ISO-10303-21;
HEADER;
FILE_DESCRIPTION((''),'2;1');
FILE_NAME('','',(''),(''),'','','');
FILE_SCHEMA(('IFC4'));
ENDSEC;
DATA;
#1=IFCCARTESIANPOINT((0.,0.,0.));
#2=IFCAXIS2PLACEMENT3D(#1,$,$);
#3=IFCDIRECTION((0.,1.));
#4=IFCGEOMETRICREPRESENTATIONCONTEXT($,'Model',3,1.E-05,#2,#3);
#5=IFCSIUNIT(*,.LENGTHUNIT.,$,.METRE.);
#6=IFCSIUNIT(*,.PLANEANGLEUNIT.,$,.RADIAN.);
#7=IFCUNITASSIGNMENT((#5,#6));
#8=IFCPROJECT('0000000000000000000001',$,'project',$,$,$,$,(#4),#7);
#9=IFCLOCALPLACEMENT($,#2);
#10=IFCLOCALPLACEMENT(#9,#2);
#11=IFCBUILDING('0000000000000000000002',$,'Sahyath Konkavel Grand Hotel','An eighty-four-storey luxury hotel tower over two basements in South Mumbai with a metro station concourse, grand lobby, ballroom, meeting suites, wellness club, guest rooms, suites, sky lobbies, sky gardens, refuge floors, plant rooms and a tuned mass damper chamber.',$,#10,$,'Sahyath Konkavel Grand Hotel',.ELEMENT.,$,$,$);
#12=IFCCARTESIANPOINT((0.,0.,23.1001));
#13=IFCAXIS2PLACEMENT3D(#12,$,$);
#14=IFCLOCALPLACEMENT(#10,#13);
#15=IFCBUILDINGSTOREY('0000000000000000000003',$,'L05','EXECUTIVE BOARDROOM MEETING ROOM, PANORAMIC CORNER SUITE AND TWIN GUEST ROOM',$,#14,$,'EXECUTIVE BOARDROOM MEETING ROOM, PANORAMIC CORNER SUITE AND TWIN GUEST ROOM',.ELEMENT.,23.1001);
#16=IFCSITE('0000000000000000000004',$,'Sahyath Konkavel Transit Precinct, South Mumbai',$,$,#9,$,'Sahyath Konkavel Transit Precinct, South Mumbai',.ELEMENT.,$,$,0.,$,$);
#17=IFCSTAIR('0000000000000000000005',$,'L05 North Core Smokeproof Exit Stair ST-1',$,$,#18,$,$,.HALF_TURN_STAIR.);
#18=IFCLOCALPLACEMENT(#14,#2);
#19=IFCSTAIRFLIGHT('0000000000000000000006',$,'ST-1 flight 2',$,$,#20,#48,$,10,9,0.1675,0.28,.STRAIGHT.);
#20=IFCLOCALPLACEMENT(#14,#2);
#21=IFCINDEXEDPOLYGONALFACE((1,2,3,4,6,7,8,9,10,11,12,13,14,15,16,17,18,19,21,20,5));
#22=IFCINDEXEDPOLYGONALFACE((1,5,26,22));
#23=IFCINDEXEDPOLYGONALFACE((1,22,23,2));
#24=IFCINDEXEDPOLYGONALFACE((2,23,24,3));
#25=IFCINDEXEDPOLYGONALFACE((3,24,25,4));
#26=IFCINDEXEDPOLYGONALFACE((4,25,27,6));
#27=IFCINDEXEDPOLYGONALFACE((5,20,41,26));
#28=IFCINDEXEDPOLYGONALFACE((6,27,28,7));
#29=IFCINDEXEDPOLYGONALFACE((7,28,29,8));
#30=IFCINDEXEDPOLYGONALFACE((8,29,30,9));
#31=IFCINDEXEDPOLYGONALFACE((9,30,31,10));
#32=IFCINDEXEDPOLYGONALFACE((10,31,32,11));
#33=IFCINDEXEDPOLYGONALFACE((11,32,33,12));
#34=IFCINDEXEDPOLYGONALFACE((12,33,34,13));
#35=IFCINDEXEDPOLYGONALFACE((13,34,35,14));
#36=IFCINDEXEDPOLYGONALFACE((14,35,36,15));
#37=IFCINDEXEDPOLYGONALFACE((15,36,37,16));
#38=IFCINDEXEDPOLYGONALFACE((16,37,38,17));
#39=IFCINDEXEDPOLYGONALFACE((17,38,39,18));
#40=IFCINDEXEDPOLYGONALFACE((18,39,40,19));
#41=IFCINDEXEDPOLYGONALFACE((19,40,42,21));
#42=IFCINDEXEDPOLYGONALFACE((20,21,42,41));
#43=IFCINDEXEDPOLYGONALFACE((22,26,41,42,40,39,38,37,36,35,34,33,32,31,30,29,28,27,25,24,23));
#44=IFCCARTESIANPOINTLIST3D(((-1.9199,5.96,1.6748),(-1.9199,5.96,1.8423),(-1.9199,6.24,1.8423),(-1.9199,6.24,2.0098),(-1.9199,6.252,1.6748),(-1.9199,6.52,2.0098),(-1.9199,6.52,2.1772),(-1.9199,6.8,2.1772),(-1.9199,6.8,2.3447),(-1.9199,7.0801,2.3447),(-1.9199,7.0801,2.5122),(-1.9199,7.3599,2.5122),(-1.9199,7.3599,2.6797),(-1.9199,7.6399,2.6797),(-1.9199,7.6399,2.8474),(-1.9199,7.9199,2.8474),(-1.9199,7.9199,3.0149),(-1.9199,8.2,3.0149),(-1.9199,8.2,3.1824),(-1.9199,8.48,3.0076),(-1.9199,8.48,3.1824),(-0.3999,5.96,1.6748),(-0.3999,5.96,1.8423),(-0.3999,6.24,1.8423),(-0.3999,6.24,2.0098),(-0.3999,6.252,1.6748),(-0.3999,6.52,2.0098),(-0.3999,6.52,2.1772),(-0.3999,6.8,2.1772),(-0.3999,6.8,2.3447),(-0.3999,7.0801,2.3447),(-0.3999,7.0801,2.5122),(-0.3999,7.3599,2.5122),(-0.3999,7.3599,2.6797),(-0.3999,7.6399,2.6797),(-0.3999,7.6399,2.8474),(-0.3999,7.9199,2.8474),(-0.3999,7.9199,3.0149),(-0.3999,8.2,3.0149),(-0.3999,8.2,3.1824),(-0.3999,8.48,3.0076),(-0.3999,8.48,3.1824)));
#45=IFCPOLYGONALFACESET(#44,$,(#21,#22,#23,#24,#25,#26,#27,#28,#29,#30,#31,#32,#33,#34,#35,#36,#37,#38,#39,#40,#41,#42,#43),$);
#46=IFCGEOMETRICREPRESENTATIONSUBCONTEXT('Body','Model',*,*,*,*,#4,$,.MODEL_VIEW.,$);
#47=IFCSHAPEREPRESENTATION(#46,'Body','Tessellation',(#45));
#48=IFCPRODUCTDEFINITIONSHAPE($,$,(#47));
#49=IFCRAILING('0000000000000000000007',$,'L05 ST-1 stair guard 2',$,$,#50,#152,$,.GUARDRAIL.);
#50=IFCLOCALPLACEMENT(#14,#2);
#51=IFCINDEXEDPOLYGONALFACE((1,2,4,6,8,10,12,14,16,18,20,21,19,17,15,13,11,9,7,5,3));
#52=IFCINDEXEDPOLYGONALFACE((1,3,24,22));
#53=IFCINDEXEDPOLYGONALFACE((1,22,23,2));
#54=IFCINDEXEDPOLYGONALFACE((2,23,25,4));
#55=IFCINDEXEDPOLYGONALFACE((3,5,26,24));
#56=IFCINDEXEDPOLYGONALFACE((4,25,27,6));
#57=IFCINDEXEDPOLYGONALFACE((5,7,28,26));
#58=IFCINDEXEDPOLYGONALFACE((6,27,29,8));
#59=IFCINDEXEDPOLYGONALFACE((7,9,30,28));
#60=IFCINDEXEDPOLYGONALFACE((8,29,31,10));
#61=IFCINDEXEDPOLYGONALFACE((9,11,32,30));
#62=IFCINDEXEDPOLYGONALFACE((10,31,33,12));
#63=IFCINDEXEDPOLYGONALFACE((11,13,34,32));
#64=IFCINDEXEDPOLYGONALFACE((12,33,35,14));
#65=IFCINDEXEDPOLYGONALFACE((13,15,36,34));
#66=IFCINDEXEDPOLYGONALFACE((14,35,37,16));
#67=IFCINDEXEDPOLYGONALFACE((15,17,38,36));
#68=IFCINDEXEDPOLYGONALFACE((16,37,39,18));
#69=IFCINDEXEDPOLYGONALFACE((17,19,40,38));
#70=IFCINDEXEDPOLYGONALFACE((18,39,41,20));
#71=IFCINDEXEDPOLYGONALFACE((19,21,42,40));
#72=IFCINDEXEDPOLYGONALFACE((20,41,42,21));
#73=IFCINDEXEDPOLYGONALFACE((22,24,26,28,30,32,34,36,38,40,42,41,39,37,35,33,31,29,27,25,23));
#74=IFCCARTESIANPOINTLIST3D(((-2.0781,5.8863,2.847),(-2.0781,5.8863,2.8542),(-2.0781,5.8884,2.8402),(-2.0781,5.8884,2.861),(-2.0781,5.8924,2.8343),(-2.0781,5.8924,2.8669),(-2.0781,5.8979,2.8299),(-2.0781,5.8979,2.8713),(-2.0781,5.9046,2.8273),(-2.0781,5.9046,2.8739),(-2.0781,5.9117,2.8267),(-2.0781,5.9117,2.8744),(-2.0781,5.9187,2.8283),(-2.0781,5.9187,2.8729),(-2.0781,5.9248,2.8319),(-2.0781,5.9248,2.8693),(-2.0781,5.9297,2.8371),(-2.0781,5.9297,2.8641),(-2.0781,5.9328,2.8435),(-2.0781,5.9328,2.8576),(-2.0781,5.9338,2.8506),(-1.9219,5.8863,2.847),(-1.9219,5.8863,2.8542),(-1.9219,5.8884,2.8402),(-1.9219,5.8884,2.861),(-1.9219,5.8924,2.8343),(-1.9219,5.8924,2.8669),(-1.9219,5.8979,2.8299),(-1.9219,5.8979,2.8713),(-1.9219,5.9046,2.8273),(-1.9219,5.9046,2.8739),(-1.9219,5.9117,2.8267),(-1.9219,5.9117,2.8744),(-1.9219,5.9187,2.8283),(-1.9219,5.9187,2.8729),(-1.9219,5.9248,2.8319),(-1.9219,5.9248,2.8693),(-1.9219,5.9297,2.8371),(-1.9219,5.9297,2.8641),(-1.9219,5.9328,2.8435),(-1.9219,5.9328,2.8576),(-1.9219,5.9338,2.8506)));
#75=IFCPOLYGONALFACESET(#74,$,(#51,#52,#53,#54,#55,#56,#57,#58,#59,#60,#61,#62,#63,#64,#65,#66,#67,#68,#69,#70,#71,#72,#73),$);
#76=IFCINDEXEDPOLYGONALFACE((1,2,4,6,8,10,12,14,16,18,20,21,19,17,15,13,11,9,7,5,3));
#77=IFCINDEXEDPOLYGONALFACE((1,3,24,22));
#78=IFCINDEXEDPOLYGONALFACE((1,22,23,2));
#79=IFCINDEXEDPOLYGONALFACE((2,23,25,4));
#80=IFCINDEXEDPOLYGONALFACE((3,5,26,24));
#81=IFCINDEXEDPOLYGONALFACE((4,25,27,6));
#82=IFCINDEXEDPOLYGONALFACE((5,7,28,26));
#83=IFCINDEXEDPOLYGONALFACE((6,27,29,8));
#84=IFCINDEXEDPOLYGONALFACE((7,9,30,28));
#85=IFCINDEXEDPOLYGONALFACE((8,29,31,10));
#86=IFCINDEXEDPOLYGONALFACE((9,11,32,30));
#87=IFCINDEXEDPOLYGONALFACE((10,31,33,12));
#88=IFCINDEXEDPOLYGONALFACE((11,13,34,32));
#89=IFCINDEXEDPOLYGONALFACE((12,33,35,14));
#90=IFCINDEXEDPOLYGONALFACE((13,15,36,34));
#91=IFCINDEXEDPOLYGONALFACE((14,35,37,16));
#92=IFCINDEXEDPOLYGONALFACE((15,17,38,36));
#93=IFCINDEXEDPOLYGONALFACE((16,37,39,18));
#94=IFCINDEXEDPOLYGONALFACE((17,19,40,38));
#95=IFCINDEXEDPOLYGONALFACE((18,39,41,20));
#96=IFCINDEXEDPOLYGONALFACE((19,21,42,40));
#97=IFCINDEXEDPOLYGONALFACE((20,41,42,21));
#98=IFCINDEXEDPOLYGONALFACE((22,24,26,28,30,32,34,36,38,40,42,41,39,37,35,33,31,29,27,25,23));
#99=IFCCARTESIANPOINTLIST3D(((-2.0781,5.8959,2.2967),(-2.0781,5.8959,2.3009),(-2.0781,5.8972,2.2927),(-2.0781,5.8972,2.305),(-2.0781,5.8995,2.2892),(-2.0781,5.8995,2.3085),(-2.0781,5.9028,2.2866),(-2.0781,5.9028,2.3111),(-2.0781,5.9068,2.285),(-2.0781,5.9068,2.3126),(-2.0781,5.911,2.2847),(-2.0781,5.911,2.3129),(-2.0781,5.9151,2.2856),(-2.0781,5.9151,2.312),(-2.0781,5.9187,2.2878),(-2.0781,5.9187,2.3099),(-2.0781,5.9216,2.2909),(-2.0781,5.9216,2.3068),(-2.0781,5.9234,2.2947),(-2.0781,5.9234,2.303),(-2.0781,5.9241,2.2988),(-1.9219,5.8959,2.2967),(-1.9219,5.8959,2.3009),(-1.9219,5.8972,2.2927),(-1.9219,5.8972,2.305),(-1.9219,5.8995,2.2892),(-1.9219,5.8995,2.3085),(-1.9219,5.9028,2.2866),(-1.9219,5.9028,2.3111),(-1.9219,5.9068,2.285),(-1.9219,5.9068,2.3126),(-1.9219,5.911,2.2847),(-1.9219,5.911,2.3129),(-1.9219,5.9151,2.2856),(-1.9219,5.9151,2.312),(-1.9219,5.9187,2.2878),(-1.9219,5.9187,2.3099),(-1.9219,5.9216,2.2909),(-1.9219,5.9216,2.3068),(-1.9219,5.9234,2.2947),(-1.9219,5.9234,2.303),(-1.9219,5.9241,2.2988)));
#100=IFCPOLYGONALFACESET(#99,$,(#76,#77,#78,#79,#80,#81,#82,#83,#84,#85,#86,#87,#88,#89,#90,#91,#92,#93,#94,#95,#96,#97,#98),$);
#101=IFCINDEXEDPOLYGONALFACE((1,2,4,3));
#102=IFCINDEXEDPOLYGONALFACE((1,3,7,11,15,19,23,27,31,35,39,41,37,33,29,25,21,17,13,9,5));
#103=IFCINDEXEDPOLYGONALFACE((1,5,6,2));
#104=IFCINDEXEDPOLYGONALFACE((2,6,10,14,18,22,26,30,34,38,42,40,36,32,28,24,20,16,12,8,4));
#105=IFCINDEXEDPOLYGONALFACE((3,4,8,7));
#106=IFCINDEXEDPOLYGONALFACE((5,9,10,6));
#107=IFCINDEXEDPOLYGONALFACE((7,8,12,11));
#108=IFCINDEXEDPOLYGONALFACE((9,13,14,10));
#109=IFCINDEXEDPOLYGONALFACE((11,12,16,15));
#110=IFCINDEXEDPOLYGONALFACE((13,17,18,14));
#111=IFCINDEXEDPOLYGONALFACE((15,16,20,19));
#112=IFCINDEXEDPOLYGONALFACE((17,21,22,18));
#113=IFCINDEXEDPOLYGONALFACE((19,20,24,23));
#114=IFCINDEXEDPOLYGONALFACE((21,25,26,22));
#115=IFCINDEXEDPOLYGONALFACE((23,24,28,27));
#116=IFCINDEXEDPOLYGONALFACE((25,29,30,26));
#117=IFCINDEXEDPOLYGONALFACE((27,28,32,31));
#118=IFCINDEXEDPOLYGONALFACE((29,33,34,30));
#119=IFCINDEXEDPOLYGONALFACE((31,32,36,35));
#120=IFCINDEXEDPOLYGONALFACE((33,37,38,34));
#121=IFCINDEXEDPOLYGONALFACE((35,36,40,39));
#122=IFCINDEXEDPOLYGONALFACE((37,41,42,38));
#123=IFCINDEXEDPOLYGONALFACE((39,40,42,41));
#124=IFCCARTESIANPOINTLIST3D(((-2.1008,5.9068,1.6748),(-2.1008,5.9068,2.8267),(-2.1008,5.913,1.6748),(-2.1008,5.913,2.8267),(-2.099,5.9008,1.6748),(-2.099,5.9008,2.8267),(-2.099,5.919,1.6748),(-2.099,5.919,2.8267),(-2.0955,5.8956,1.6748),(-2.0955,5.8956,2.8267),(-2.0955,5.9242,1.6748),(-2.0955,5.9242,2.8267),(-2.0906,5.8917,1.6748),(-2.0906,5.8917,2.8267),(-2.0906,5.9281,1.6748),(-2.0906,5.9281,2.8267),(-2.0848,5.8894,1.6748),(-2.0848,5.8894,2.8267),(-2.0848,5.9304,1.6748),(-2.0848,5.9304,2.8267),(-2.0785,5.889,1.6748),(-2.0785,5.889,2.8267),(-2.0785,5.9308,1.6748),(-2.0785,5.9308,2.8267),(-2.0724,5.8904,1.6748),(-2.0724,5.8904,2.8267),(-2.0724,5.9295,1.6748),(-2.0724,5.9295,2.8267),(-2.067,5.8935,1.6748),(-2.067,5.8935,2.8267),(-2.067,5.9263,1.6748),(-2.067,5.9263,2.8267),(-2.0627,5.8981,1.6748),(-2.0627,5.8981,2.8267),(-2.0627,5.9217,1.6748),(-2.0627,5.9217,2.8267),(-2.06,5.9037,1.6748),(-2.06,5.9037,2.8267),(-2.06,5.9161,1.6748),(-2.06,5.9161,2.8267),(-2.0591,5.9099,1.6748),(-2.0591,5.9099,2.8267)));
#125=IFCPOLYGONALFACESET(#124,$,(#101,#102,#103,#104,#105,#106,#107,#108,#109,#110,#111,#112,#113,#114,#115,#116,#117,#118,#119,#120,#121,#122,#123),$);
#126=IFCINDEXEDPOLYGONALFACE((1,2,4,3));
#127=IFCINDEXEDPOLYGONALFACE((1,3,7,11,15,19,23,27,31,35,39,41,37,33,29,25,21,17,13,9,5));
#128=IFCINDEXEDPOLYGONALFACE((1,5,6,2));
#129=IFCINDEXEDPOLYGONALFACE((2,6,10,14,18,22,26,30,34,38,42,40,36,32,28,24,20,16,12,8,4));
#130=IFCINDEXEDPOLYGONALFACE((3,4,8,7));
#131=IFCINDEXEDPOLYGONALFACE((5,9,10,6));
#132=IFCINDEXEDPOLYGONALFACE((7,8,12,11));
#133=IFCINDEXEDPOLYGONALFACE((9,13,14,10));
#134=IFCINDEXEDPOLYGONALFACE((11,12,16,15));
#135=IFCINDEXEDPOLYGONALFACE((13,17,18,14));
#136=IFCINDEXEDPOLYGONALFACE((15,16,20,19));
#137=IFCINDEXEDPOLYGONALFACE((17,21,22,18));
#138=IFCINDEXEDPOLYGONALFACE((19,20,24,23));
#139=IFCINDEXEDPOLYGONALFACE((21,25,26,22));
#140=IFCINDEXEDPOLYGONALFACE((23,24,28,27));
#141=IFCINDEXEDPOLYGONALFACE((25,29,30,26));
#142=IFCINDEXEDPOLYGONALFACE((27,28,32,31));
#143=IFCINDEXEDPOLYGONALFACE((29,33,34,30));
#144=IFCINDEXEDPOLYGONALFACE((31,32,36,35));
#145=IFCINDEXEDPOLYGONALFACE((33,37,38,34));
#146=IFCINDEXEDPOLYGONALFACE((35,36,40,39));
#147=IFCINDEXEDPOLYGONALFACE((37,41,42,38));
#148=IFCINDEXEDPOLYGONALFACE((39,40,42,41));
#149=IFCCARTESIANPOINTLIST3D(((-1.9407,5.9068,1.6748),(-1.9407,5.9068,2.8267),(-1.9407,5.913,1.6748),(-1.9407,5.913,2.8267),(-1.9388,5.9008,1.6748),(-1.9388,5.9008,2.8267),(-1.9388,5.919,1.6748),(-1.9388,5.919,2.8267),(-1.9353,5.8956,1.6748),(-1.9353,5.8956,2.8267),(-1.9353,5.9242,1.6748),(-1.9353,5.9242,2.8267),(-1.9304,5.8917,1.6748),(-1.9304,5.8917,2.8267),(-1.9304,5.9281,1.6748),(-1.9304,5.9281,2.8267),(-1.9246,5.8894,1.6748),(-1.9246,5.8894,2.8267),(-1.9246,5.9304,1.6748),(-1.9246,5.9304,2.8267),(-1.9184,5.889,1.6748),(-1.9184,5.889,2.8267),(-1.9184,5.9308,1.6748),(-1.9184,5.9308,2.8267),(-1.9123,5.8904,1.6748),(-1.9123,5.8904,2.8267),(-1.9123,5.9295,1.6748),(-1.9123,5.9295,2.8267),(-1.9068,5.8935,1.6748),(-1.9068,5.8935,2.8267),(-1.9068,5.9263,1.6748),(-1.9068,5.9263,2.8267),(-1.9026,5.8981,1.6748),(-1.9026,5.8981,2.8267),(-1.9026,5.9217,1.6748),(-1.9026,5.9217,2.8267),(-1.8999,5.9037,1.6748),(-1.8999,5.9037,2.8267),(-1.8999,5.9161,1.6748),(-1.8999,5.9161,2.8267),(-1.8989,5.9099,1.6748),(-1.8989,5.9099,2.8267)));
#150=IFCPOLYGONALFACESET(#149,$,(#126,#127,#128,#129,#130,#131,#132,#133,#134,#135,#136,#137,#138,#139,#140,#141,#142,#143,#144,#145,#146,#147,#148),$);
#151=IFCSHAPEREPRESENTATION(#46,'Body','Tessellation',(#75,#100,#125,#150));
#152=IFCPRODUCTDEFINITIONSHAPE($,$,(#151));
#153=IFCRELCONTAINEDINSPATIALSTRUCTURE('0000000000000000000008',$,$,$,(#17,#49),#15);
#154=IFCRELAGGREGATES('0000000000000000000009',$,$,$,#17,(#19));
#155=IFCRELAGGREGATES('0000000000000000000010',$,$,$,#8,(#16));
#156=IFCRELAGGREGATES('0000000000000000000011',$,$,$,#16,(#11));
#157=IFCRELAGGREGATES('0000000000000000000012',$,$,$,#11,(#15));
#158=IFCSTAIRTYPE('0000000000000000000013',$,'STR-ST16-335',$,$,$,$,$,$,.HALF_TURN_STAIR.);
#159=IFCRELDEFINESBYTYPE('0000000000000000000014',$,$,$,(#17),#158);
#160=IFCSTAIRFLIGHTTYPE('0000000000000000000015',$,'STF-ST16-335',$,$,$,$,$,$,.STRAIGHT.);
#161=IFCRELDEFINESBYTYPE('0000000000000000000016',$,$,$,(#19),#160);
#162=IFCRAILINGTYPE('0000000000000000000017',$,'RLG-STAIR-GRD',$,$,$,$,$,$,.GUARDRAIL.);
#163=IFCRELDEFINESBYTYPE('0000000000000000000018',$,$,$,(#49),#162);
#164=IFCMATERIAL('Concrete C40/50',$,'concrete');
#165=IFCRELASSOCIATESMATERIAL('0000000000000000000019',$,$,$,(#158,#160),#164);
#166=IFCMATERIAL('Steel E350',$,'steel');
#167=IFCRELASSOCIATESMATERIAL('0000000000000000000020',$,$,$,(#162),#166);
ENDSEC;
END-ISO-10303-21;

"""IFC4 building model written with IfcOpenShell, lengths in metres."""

from ifc_helpers import new_model, si_unit, direction, frame, origin, origin_2d, place, context, subcontext, project, spatial, polyline, circle, outline, extrude, material, type_object, element, aggregate, save


model = new_model("IFC4")

# Units and contexts
model_context = context("Model", 3, precision=1e-05, world=origin(), true_north=direction((0.0, 1.0)))
body_context = subcontext(model_context, "Body", "Model", "MODEL_VIEW")
ifc_project = project(units=[si_unit("LENGTHUNIT", "METRE"), si_unit("PLANEANGLEUNIT", "RADIAN")], contexts=[model_context])

# Site, building, storey
site_placement = place(None, origin())
site = spatial("IfcSite", under=ifc_project, at=site_placement, Name="Sahyath Konkavel Transit Precinct, South Mumbai", LongName="Sahyath Konkavel Transit Precinct, South Mumbai", CompositionType="ELEMENT", RefElevation=0.0)
building_placement = place(site_placement, origin())
building = spatial("IfcBuilding", under=site, at=building_placement, Name="Sahyath Konkavel Grand Hotel", Description="An eighty-four-storey luxury hotel tower over two basements in South Mumbai with a metro station concourse, grand lobby, ballroom, meeting suites, wellness club, guest rooms, suites, sky lobbies, sky gardens, refuge floors, plant rooms and a tuned mass damper chamber.", LongName="Sahyath Konkavel Grand Hotel", CompositionType="ELEMENT")
storey_placement = place(building_placement, frame((0.0, 0.0, 23.1001)))
storey = spatial("IfcBuildingStorey", under=building, at=storey_placement, Name="L05", Description="EXECUTIVE BOARDROOM MEETING ROOM, PANORAMIC CORNER SUITE AND TWIN GUEST ROOM", LongName="EXECUTIVE BOARDROOM MEETING ROOM, PANORAMIC CORNER SUITE AND TWIN GUEST ROOM", CompositionType="ELEMENT", Elevation=23.1001)

# Shared definitions
ifc_material_1 = material(Name="Steel E350", Category="steel")

# Shared definitions
ifc_material_2 = material(Name="Concrete C40/50", Category="concrete")

# Stair, stair flight
stair_type = type_object("IfcStairType", Name="STR-ST16-335", PredefinedType="HALF_TURN_STAIR", material=ifc_material_2)
stair_placement = place(storey_placement, origin())
stair = element("IfcStair", 1, at=stair_placement, inside=storey, type_object=stair_type, Name="L05 North Core Smokeproof Exit Stair ST-1", PredefinedType="HALF_TURN_STAIR")
stair_flight_type = type_object("IfcStairFlightType", Name="STF-ST16-335", PredefinedType="STRAIGHT", material=ifc_material_2)
stair_flight_placement = place(storey_placement, frame((-1.1599, 5.96, 1.6748), z_axis=(0.0, 0.0, 1.0), x_axis=(0.0, 1.0, 0.0)))
stair_flight = element("IfcStairFlight", 2, at=stair_flight_placement, type_object=stair_flight_type, Name="ST-1 flight 2", NumberOfRisers=10, NumberOfTreads=9, PredefinedType="STRAIGHT", RiserHeight=0.1675, TreadLength=0.28, context=body_context, shape_type="SweptSolid", body=[
    extrude(outline(polyline([(0.0, 0.0), (0.0, 0.1675), (0.28, 0.1675), (0.28, 0.335), (0.5601, 0.335), (0.5601, 0.5024), (0.8401, 0.5024), (0.8401, 0.6699), (1.1201, 0.6699), (1.1201, 0.8374), (1.3999, 0.8374), (1.3999, 1.0049), (1.6799, 1.0049), (1.6799, 1.1726), (1.96, 1.1726), (1.96, 1.3401), (2.24, 1.3401), (2.24, 1.5076), (2.52, 1.5076), (2.52, 1.675), (2.52, 1.3328), (0.292, 0.0), (0.0, 0.0)])), frame((0.0, 0.76, 0.0), z_axis=(0.0, -1.0, 0.0), x_axis=(1.0, 0.0, 0.0)), (0.0, 0.0, 1.0), 1.52),
])
aggregate(stair, [stair_flight])

# Railing
railing_type_1 = type_object("IfcRailingType", Name="RLG-STAIR-GRD", PredefinedType="GUARDRAIL", material=ifc_material_1)
railing_1_placement = place(storey_placement, frame((-2.0801, 5.9099, 1.6748)))
element("IfcRailing", 3, at=railing_1_placement, inside=storey, type_object=railing_type_1, Name="L05 ST-1 stair guard 2", PredefinedType="GUARDRAIL", context=body_context, shape_type="SweptSolid", body=[
    extrude(circle(Radius=0.0239, at=origin_2d()), frame((0.002, 0.0, 1.1758), z_axis=(1.0, 0.0, 0.0), x_axis=(0.0, 1.0, 0.0)), (0.0, 0.0, 1.0), 0.1562),
    extrude(circle(Radius=0.0142, at=origin_2d()), frame((0.002, 0.0, 0.624), z_axis=(1.0, 0.0, 0.0), x_axis=(0.0, 1.0, 0.0)), (0.0, 0.0, 1.0), 0.1562),
    extrude(circle(Radius=0.021, at=origin_2d()), origin(), (0.0, 0.0, 1.0), 1.1519),
    extrude(circle(Radius=0.021, at=origin_2d()), frame((0.1602, 0.0, 0.0)), (0.0, 0.0, 1.0), 1.1519),
])

save(model, "model.ifc")
